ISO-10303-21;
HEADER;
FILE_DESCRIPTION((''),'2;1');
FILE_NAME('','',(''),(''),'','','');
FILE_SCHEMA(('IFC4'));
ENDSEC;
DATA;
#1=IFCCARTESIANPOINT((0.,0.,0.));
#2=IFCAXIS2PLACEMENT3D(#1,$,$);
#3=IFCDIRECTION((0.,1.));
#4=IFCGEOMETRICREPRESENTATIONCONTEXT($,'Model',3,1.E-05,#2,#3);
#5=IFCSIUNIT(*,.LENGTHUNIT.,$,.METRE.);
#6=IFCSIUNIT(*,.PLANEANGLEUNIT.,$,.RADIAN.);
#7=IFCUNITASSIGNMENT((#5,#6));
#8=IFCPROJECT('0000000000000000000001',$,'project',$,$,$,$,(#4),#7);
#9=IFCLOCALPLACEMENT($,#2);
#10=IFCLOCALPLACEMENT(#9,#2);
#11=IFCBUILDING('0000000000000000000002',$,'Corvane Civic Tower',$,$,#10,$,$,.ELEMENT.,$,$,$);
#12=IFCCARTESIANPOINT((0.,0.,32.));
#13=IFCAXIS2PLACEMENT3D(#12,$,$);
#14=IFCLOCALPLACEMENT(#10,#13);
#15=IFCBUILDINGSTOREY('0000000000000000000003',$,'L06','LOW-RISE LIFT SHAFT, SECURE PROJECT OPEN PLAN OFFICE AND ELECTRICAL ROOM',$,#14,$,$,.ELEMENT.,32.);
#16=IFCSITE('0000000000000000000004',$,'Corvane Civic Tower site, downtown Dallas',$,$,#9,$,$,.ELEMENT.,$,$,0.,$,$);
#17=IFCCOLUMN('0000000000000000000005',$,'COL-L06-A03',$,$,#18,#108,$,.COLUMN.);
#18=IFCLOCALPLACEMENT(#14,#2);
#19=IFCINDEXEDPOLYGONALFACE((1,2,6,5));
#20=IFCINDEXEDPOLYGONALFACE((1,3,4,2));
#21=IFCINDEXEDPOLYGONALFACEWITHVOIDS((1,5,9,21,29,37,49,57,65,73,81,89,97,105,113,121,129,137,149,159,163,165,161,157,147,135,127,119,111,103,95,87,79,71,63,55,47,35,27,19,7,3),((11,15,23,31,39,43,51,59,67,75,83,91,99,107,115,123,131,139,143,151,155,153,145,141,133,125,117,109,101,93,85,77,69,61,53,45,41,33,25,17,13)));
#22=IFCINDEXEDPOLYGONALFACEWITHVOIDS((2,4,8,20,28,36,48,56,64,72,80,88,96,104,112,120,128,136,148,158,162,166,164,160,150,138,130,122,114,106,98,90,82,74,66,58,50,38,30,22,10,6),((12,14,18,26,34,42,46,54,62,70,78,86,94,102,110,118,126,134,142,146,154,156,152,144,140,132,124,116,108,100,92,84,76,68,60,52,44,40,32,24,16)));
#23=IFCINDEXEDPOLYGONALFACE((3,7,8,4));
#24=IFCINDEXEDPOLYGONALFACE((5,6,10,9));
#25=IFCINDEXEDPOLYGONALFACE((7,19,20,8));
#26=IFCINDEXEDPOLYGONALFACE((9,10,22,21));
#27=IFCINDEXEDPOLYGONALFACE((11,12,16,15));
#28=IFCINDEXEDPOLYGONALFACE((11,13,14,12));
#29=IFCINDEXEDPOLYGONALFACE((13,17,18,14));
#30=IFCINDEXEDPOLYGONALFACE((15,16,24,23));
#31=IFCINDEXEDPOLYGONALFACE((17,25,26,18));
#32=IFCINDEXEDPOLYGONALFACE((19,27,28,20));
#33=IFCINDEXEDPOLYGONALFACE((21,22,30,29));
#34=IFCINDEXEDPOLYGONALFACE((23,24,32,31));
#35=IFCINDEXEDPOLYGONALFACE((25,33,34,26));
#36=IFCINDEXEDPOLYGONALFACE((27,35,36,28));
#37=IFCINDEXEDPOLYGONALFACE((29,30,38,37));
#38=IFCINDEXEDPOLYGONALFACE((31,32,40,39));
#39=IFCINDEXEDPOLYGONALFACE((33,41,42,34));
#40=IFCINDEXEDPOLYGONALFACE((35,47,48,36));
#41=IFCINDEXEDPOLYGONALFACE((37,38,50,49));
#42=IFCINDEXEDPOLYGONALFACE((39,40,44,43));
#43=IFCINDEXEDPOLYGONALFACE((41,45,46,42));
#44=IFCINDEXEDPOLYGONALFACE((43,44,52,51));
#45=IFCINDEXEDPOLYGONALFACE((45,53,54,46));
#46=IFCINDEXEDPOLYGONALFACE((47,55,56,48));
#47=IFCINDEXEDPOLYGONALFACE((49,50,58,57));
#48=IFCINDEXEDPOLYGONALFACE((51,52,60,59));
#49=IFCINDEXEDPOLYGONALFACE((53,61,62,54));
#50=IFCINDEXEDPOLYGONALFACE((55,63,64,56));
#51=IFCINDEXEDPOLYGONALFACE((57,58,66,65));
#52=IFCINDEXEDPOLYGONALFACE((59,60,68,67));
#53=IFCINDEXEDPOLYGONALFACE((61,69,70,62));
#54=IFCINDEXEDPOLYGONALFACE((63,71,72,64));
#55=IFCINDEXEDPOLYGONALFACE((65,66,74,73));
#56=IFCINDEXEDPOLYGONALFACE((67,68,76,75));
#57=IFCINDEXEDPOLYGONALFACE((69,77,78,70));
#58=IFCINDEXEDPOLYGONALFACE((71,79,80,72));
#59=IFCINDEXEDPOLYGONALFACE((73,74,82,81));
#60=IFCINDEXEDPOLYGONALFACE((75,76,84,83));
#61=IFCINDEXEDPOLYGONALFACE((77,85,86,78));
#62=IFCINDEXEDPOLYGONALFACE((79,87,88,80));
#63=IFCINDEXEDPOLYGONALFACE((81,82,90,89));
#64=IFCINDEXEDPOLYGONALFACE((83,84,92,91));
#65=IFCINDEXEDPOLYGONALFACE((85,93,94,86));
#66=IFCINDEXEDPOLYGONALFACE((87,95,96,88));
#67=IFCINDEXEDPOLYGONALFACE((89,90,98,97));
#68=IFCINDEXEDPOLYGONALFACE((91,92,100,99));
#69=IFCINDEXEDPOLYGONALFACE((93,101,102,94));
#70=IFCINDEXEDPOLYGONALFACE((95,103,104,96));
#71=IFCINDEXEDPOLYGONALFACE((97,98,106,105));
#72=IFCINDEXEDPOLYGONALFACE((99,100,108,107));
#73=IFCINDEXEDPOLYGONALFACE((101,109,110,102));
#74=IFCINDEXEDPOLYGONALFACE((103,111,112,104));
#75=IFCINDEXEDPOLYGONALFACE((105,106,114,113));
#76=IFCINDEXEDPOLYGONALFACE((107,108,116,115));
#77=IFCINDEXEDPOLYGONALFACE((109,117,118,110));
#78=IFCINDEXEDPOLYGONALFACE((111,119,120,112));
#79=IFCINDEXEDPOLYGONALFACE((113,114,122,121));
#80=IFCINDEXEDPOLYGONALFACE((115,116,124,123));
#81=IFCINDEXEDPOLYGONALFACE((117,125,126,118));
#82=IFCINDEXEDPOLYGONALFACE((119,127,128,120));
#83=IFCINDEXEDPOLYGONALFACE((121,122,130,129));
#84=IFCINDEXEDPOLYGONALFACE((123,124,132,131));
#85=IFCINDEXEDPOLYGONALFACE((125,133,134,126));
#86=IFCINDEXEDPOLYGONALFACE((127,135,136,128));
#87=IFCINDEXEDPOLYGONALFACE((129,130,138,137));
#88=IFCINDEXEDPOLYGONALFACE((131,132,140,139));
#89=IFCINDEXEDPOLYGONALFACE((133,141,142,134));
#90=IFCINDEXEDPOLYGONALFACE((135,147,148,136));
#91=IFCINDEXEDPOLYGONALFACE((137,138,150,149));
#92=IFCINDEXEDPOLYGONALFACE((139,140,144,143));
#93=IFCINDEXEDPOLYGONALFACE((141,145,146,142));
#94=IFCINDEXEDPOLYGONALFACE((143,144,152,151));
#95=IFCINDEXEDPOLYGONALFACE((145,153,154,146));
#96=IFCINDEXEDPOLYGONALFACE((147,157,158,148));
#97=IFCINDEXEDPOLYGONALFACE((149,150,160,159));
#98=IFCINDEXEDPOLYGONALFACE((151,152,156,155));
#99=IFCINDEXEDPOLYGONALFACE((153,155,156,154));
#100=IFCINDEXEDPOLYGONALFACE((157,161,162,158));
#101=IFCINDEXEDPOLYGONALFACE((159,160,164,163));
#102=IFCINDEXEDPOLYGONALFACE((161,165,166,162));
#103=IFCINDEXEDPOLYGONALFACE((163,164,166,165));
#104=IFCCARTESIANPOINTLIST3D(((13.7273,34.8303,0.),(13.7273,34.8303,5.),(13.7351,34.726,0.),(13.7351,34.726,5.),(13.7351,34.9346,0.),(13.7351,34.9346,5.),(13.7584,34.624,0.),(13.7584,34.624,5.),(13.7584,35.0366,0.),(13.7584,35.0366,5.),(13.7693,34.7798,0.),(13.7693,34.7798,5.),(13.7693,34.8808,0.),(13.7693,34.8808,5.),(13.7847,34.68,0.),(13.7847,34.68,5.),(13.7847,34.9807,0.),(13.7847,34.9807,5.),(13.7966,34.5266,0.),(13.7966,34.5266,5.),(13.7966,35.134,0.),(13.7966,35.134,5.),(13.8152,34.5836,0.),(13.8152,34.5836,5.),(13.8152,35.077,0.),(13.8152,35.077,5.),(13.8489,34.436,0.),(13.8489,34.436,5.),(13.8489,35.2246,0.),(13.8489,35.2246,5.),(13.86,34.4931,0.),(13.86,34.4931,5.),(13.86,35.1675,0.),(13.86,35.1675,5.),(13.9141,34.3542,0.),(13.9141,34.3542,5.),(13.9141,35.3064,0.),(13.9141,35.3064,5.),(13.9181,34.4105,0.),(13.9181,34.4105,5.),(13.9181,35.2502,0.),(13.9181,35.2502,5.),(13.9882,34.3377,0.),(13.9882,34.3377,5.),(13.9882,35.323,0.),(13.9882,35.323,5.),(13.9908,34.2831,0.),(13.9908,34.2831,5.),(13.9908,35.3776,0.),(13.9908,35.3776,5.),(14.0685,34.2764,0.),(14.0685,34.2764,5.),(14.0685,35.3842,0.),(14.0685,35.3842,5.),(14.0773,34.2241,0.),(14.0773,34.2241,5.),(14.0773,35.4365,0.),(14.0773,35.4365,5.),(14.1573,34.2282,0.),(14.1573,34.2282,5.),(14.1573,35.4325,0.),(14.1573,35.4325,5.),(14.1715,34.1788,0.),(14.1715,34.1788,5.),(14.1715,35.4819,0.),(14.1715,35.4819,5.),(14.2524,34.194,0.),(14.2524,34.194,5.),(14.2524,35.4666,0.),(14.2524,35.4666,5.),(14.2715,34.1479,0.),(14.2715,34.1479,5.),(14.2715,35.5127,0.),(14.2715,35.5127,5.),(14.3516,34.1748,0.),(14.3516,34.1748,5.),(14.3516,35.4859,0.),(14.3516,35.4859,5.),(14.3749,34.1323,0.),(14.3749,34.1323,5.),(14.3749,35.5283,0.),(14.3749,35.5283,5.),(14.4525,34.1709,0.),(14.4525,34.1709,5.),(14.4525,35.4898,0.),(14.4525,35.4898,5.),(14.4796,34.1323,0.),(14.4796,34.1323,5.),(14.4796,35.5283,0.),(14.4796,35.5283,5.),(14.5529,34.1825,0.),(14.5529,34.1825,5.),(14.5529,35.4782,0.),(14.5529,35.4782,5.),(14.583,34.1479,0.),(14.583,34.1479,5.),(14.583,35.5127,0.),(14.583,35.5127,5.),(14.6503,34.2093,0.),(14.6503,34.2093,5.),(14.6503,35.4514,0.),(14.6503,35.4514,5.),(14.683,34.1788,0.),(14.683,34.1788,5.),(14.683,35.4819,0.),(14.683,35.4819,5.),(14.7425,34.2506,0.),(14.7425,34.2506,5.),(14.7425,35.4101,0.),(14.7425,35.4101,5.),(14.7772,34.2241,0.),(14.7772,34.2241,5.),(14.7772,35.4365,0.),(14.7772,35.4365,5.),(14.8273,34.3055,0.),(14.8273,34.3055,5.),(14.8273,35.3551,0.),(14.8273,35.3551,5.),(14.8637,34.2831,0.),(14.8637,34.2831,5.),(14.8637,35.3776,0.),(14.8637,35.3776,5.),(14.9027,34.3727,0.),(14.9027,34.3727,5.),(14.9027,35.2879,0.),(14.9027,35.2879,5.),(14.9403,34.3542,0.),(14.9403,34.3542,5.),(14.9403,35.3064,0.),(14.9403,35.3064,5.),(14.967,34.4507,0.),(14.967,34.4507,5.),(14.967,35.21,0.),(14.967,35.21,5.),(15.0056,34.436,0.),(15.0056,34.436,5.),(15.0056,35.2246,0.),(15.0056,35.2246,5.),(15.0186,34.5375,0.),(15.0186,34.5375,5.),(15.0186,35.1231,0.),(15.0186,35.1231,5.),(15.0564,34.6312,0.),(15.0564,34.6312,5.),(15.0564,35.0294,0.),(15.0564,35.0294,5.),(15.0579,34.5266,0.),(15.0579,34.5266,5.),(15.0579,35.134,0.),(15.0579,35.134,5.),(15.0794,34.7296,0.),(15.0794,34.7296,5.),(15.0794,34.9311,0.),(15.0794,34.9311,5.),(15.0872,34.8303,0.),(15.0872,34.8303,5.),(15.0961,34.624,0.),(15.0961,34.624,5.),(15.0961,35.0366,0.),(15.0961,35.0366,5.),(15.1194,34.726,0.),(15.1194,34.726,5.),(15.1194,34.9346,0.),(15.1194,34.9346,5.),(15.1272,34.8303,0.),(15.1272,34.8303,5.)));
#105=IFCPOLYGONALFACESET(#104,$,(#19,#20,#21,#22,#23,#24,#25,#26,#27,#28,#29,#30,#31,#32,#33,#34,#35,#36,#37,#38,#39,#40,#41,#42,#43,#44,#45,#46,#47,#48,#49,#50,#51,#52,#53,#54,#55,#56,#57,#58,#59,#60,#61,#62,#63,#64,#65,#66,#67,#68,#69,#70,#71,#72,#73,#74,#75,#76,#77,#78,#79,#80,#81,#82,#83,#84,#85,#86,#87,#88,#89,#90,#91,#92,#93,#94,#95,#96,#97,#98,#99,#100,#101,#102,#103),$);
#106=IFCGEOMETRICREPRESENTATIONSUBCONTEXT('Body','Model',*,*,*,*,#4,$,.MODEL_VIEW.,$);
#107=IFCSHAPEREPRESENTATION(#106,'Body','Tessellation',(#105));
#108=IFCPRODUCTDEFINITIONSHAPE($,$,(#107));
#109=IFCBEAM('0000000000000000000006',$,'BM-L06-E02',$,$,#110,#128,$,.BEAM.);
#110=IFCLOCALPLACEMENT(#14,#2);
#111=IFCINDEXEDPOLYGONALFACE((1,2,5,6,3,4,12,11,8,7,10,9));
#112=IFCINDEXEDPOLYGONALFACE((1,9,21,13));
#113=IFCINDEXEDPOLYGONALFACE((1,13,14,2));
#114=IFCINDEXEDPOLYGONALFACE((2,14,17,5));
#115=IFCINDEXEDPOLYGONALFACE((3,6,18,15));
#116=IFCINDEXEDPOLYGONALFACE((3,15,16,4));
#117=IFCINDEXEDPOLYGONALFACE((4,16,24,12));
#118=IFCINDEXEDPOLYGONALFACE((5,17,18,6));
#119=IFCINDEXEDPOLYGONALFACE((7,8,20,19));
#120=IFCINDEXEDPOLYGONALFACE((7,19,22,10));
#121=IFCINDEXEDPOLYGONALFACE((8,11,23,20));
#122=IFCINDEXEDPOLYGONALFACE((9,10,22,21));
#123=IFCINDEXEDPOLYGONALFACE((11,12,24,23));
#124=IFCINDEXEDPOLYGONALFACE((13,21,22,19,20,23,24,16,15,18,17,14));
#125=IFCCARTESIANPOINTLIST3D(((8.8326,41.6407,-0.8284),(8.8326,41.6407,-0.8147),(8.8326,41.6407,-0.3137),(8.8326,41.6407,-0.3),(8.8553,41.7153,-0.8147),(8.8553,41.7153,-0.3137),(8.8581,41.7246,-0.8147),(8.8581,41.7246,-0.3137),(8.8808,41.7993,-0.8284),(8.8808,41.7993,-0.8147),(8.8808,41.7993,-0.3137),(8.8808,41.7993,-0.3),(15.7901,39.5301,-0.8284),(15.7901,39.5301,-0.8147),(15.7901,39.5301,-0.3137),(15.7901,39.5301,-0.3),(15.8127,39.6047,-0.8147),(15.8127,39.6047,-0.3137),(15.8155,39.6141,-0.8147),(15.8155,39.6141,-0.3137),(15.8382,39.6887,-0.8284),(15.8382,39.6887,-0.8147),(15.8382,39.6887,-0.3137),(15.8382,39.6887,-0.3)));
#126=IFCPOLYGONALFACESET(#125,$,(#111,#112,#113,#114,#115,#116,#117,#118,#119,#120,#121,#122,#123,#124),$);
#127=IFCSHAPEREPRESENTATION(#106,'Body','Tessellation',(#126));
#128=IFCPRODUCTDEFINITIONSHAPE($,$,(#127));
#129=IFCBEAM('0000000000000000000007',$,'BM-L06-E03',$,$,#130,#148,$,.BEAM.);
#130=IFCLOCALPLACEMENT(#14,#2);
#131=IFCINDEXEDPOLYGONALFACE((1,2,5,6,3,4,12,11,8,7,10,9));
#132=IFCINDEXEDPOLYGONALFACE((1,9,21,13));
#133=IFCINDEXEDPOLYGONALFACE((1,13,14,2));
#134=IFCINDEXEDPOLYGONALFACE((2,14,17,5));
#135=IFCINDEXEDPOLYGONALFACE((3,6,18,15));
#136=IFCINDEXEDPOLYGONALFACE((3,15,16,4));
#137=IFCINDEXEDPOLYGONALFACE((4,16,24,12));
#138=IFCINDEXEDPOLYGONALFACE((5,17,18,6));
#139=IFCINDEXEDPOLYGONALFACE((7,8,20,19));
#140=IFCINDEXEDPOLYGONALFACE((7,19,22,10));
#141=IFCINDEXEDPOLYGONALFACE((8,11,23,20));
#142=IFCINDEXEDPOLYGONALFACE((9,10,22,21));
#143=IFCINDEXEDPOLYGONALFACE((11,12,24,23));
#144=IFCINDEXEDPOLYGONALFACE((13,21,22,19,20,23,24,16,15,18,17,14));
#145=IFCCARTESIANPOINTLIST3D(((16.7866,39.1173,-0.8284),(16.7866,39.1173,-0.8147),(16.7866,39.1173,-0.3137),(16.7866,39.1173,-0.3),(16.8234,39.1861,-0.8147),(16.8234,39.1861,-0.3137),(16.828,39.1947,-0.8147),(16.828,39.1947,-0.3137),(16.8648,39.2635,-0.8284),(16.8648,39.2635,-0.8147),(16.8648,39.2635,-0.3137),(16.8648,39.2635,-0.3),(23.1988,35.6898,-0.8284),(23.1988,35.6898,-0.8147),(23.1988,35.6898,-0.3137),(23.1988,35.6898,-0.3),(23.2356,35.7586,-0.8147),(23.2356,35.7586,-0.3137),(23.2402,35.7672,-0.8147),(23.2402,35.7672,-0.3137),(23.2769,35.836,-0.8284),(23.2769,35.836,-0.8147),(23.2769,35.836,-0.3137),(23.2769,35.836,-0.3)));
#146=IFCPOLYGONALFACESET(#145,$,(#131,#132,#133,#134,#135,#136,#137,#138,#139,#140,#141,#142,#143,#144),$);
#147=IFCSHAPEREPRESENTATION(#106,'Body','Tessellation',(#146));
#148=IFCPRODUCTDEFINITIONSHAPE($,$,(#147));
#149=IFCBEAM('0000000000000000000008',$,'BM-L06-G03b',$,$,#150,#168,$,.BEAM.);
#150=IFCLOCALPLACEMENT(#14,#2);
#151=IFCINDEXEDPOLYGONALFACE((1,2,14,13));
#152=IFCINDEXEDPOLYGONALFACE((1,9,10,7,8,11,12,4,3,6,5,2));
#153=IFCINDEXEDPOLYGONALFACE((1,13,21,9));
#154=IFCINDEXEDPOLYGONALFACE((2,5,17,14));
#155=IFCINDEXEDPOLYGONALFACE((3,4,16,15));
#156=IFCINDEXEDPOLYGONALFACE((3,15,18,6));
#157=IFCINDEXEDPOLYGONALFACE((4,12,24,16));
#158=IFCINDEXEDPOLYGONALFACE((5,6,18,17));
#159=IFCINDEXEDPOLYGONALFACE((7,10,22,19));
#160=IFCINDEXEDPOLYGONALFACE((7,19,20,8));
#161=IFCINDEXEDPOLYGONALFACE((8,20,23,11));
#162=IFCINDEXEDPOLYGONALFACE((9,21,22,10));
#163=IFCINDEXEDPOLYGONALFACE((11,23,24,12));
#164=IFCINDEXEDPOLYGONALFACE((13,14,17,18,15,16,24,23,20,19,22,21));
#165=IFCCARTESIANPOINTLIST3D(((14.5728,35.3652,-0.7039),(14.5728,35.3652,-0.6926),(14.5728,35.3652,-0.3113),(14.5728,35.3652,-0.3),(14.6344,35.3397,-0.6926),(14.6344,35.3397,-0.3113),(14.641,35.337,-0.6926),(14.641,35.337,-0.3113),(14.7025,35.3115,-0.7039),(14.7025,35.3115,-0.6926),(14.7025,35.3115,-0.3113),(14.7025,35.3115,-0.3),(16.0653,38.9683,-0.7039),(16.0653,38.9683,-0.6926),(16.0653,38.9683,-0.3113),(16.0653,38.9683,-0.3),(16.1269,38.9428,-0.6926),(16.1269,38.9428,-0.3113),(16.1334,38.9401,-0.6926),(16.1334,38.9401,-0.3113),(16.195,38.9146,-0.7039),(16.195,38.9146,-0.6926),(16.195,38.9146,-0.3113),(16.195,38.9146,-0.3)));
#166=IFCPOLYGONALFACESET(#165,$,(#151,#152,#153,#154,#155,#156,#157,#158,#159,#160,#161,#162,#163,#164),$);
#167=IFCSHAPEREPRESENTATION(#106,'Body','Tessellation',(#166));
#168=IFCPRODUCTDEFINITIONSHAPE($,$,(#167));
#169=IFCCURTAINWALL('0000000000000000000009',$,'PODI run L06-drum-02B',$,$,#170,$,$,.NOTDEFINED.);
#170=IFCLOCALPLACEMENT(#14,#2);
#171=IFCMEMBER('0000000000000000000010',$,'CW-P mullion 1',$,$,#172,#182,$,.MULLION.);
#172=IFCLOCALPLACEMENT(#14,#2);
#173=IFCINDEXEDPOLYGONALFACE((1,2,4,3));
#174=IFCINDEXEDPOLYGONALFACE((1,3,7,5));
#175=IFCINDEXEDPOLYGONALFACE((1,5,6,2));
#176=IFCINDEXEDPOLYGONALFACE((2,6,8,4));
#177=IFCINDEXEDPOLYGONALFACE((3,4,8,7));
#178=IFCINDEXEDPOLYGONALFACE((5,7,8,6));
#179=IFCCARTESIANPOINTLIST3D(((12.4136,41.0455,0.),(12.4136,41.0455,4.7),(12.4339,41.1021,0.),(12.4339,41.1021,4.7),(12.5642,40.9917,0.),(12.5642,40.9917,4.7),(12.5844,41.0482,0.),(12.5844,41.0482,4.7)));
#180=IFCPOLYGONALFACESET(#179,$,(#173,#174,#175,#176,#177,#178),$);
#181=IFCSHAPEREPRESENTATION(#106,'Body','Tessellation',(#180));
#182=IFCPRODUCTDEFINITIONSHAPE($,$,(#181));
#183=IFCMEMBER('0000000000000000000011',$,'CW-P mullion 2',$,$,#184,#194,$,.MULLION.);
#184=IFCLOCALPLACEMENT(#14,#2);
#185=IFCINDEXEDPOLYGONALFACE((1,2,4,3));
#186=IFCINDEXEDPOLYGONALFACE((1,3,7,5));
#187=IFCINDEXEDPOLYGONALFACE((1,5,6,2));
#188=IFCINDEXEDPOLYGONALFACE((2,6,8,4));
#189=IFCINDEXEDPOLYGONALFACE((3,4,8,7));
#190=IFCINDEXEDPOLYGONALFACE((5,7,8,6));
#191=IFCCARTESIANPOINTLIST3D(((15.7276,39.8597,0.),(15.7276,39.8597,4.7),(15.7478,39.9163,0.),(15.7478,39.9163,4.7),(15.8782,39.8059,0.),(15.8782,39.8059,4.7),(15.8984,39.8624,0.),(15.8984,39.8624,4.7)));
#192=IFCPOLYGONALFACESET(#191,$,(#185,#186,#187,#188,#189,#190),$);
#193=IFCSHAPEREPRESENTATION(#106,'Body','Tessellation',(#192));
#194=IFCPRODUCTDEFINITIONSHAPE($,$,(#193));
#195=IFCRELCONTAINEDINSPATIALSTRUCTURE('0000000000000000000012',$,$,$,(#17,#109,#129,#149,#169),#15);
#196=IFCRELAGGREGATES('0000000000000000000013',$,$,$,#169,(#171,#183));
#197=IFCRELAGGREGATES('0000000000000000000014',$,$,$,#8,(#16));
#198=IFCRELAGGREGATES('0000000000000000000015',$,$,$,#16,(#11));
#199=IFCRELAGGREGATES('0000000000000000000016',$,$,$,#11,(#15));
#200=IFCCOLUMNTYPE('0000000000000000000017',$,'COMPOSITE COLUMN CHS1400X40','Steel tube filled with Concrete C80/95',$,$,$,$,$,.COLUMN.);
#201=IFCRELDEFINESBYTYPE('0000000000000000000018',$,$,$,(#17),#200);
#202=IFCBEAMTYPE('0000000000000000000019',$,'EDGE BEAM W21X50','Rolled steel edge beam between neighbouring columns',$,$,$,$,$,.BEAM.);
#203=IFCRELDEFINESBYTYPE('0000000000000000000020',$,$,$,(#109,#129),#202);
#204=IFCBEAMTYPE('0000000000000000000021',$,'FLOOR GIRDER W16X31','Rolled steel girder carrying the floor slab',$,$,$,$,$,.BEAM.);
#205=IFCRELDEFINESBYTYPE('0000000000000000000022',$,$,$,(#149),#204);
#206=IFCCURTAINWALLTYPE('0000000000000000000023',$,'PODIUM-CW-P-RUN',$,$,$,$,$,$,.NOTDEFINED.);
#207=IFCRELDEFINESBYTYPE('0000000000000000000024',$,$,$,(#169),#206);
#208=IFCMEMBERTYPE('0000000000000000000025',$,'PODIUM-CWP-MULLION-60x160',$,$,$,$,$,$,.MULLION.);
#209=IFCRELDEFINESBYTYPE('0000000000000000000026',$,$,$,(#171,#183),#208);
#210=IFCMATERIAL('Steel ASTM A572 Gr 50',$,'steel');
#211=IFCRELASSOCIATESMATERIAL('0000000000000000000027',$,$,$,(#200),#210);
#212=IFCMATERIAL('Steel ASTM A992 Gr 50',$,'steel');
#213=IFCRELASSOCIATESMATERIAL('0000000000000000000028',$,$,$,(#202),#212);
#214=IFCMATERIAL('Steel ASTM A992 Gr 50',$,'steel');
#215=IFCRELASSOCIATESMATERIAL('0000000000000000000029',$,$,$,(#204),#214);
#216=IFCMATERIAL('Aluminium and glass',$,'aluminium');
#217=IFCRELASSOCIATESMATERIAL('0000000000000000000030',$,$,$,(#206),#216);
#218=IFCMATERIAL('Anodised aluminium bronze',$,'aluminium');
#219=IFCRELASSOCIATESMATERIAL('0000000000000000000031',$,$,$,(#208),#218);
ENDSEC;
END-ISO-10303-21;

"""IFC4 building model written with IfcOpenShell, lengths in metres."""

from ifc_helpers import new_model, si_unit, direction, frame, origin, origin_2d, place, context, subcontext, project, spatial, rectangle, hollow_circle, i_section, extrude, material, material_profile, profile_set, type_object, element, aggregate, save


model = new_model("IFC4")

# Units and contexts
model_context = context("Model", 3, precision=1e-05, world=origin(), true_north=direction((0.0, 1.0)))
body_context = subcontext(model_context, "Body", "Model", "MODEL_VIEW")
ifc_project = project(units=[si_unit("LENGTHUNIT", "METRE"), si_unit("PLANEANGLEUNIT", "RADIAN")], contexts=[model_context])

# Site, building, storey
site_placement = place(None, origin())
site = spatial("IfcSite", under=ifc_project, at=site_placement, Name="Corvane Civic Tower site, downtown Dallas", CompositionType="ELEMENT", RefElevation=0.0)
building_placement = place(site_placement, origin())
building = spatial("IfcBuilding", under=site, at=building_placement, Name="Corvane Civic Tower", CompositionType="ELEMENT")
storey_placement = place(building_placement, frame((0.0, 0.0, 32.0)))
storey = spatial("IfcBuildingStorey", under=building, at=storey_placement, Name="L06", Description="LOW-RISE LIFT SHAFT, SECURE PROJECT OPEN PLAN OFFICE AND ELECTRICAL ROOM", CompositionType="ELEMENT", Elevation=32.0)

# Column
ifc_material_1 = material(Name="Steel ASTM A572 Gr 50", Category="steel")
ifc_material_profile_1 = material_profile(ifc_material_1, hollow_circle(Radius=0.7, WallThickness=0.04, at=origin_2d()), Name="CHS1400X40")
ifc_profile_set_1 = profile_set([ifc_material_profile_1], Name="Steel ASTM A572 Gr 50")
column_type_1 = type_object("IfcColumnType", Name="COMPOSITE COLUMN CHS1400X40", Description="Steel tube filled with Concrete C80/95", PredefinedType="COLUMN", material=ifc_profile_set_1)
column_placement = place(storey_placement, frame((14.4272, 34.8303, 0.0), z_axis=(0.0, 0.0, 1.0), x_axis=(1.0, 0.0, 0.0)))
element("IfcColumn", 1, at=column_placement, inside=storey, type_object=column_type_1, Name="COL-L06-A03", PredefinedType="COLUMN", context=body_context, shape_type="SweptSolid", body=[
    extrude(hollow_circle(Radius=0.7, WallThickness=0.04, at=origin_2d()), origin(), (0.0, 0.0, 1.0), 5.0),
])

# Beams
ifc_material_2 = material(Name="Steel ASTM A992 Gr 50", Category="steel")
ifc_material_profile_2 = material_profile(ifc_material_2, i_section(OverallWidth=0.1658, OverallDepth=0.5283, WebThickness=0.0098, FlangeThickness=0.0137, at=origin_2d()), Name="W21X50")
ifc_profile_set_2 = profile_set([ifc_material_profile_2], Name="Steel ASTM A992 Gr 50")
beam_type_1 = type_object("IfcBeamType", Name="EDGE BEAM W21X50", Description="Rolled steel edge beam between neighbouring columns", PredefinedType="BEAM", material=ifc_profile_set_2)
beam_1_placement = place(storey_placement, frame((8.8567, 41.72, -0.5642), z_axis=(0.956938, -0.290292, 0.0), x_axis=(0.290292, 0.956938, 0.0)))
element("IfcBeam", 2, at=beam_1_placement, inside=storey, type_object=beam_type_1, Name="BM-L06-E02", PredefinedType="BEAM", context=body_context, shape_type="SweptSolid", body=[
    extrude(i_section(OverallWidth=0.1658, OverallDepth=0.5283, WebThickness=0.0098, FlangeThickness=0.0137, at=origin_2d()), origin(), (0.0, 0.0, 1.0), 7.2705),
])
beam_2_placement = place(storey_placement, frame((16.8257, 39.1904, -0.5642), z_axis=(0.881913, -0.471412, 0.0), x_axis=(0.471412, 0.881913, 0.0)))
element("IfcBeam", 3, at=beam_2_placement, inside=storey, type_object=beam_type_1, Name="BM-L06-E03", PredefinedType="BEAM", context=body_context, shape_type="SweptSolid", body=[
    extrude(i_section(OverallWidth=0.1658, OverallDepth=0.5283, WebThickness=0.0098, FlangeThickness=0.0137, at=origin_2d()), origin(), (0.0, 0.0, 1.0), 7.2708),
])
ifc_material_3 = material(Name="Steel ASTM A992 Gr 50", Category="steel")
ifc_material_profile_3 = material_profile(ifc_material_3, i_section(OverallWidth=0.1404, OverallDepth=0.4038, WebThickness=0.0071, FlangeThickness=0.0112, at=origin_2d()), Name="W16X31")
ifc_profile_set_3 = profile_set([ifc_material_profile_3], Name="Steel ASTM A992 Gr 50")
beam_type_2 = type_object("IfcBeamType", Name="FLOOR GIRDER W16X31", Description="Rolled steel girder carrying the floor slab", PredefinedType="BEAM", material=ifc_profile_set_3)
beam_3_placement = place(storey_placement, frame((14.6377, 35.3384, -0.502), z_axis=(0.382685, 0.923879, 0.0), x_axis=(-0.923879, 0.382685, 0.0)))
element("IfcBeam", 4, at=beam_3_placement, inside=storey, type_object=beam_type_2, Name="BM-L06-G03b", PredefinedType="BEAM", context=body_context, shape_type="SweptSolid", body=[
    extrude(i_section(OverallWidth=0.1404, OverallDepth=0.4038, WebThickness=0.0071, FlangeThickness=0.0112, at=origin_2d()), origin(), (0.0, 0.0, 1.0), 3.8999),
])

# Curtain wall, members
ifc_material_4 = material(Name="Aluminium and glass", Category="aluminium")
curtain_wall_type = type_object("IfcCurtainWallType", Name="PODIUM-CW-P-RUN", PredefinedType="NOTDEFINED", material=ifc_material_4)
curtain_wall_1_placement = place(storey_placement, origin())
curtain_wall_1 = element("IfcCurtainWall", 5, at=curtain_wall_1_placement, inside=storey, type_object=curtain_wall_type, Name="PODI run L06-drum-02B", PredefinedType="NOTDEFINED")
ifc_material_5 = material(Name="Anodised aluminium bronze", Category="aluminium")
ifc_material_profile_4 = material_profile(ifc_material_5, rectangle(XDim=0.0601, YDim=0.1599, at=origin_2d()), Name="AL 60x160")
ifc_profile_set_4 = profile_set([ifc_material_profile_4], Name="Anodised aluminium bronze")
member_type_1 = type_object("IfcMemberType", Name="PODIUM-CWP-MULLION-60x160", PredefinedType="MULLION", material=ifc_profile_set_4)
member_1_placement = place(storey_placement, frame((12.499, 41.0469, 0.0), z_axis=(0.0, 0.0, 1.0), x_axis=(0.336919, 0.941534, 0.0)))
member_1 = element("IfcMember", 6, at=member_1_placement, type_object=member_type_1, Name="CW-P mullion 1", PredefinedType="MULLION", context=body_context, shape_type="SweptSolid", body=[
    extrude(rectangle(XDim=0.0601, YDim=0.1599, at=origin_2d()), origin(), (0.0, 0.0, 1.0), 4.7),
])
member_2_placement = place(storey_placement, frame((15.813, 39.8611, 0.0), z_axis=(0.0, 0.0, 1.0), x_axis=(0.336919, 0.941534, 0.0)))
member_2 = element("IfcMember", 7, at=member_2_placement, type_object=member_type_1, Name="CW-P mullion 2", PredefinedType="MULLION", context=body_context, shape_type="SweptSolid", body=[
    extrude(rectangle(XDim=0.0601, YDim=0.1599, at=origin_2d()), origin(), (0.0, 0.0, 1.0), 4.7),
])

aggregate(curtain_wall_1, [member_1, member_2])

save(model, "model.ifc")
